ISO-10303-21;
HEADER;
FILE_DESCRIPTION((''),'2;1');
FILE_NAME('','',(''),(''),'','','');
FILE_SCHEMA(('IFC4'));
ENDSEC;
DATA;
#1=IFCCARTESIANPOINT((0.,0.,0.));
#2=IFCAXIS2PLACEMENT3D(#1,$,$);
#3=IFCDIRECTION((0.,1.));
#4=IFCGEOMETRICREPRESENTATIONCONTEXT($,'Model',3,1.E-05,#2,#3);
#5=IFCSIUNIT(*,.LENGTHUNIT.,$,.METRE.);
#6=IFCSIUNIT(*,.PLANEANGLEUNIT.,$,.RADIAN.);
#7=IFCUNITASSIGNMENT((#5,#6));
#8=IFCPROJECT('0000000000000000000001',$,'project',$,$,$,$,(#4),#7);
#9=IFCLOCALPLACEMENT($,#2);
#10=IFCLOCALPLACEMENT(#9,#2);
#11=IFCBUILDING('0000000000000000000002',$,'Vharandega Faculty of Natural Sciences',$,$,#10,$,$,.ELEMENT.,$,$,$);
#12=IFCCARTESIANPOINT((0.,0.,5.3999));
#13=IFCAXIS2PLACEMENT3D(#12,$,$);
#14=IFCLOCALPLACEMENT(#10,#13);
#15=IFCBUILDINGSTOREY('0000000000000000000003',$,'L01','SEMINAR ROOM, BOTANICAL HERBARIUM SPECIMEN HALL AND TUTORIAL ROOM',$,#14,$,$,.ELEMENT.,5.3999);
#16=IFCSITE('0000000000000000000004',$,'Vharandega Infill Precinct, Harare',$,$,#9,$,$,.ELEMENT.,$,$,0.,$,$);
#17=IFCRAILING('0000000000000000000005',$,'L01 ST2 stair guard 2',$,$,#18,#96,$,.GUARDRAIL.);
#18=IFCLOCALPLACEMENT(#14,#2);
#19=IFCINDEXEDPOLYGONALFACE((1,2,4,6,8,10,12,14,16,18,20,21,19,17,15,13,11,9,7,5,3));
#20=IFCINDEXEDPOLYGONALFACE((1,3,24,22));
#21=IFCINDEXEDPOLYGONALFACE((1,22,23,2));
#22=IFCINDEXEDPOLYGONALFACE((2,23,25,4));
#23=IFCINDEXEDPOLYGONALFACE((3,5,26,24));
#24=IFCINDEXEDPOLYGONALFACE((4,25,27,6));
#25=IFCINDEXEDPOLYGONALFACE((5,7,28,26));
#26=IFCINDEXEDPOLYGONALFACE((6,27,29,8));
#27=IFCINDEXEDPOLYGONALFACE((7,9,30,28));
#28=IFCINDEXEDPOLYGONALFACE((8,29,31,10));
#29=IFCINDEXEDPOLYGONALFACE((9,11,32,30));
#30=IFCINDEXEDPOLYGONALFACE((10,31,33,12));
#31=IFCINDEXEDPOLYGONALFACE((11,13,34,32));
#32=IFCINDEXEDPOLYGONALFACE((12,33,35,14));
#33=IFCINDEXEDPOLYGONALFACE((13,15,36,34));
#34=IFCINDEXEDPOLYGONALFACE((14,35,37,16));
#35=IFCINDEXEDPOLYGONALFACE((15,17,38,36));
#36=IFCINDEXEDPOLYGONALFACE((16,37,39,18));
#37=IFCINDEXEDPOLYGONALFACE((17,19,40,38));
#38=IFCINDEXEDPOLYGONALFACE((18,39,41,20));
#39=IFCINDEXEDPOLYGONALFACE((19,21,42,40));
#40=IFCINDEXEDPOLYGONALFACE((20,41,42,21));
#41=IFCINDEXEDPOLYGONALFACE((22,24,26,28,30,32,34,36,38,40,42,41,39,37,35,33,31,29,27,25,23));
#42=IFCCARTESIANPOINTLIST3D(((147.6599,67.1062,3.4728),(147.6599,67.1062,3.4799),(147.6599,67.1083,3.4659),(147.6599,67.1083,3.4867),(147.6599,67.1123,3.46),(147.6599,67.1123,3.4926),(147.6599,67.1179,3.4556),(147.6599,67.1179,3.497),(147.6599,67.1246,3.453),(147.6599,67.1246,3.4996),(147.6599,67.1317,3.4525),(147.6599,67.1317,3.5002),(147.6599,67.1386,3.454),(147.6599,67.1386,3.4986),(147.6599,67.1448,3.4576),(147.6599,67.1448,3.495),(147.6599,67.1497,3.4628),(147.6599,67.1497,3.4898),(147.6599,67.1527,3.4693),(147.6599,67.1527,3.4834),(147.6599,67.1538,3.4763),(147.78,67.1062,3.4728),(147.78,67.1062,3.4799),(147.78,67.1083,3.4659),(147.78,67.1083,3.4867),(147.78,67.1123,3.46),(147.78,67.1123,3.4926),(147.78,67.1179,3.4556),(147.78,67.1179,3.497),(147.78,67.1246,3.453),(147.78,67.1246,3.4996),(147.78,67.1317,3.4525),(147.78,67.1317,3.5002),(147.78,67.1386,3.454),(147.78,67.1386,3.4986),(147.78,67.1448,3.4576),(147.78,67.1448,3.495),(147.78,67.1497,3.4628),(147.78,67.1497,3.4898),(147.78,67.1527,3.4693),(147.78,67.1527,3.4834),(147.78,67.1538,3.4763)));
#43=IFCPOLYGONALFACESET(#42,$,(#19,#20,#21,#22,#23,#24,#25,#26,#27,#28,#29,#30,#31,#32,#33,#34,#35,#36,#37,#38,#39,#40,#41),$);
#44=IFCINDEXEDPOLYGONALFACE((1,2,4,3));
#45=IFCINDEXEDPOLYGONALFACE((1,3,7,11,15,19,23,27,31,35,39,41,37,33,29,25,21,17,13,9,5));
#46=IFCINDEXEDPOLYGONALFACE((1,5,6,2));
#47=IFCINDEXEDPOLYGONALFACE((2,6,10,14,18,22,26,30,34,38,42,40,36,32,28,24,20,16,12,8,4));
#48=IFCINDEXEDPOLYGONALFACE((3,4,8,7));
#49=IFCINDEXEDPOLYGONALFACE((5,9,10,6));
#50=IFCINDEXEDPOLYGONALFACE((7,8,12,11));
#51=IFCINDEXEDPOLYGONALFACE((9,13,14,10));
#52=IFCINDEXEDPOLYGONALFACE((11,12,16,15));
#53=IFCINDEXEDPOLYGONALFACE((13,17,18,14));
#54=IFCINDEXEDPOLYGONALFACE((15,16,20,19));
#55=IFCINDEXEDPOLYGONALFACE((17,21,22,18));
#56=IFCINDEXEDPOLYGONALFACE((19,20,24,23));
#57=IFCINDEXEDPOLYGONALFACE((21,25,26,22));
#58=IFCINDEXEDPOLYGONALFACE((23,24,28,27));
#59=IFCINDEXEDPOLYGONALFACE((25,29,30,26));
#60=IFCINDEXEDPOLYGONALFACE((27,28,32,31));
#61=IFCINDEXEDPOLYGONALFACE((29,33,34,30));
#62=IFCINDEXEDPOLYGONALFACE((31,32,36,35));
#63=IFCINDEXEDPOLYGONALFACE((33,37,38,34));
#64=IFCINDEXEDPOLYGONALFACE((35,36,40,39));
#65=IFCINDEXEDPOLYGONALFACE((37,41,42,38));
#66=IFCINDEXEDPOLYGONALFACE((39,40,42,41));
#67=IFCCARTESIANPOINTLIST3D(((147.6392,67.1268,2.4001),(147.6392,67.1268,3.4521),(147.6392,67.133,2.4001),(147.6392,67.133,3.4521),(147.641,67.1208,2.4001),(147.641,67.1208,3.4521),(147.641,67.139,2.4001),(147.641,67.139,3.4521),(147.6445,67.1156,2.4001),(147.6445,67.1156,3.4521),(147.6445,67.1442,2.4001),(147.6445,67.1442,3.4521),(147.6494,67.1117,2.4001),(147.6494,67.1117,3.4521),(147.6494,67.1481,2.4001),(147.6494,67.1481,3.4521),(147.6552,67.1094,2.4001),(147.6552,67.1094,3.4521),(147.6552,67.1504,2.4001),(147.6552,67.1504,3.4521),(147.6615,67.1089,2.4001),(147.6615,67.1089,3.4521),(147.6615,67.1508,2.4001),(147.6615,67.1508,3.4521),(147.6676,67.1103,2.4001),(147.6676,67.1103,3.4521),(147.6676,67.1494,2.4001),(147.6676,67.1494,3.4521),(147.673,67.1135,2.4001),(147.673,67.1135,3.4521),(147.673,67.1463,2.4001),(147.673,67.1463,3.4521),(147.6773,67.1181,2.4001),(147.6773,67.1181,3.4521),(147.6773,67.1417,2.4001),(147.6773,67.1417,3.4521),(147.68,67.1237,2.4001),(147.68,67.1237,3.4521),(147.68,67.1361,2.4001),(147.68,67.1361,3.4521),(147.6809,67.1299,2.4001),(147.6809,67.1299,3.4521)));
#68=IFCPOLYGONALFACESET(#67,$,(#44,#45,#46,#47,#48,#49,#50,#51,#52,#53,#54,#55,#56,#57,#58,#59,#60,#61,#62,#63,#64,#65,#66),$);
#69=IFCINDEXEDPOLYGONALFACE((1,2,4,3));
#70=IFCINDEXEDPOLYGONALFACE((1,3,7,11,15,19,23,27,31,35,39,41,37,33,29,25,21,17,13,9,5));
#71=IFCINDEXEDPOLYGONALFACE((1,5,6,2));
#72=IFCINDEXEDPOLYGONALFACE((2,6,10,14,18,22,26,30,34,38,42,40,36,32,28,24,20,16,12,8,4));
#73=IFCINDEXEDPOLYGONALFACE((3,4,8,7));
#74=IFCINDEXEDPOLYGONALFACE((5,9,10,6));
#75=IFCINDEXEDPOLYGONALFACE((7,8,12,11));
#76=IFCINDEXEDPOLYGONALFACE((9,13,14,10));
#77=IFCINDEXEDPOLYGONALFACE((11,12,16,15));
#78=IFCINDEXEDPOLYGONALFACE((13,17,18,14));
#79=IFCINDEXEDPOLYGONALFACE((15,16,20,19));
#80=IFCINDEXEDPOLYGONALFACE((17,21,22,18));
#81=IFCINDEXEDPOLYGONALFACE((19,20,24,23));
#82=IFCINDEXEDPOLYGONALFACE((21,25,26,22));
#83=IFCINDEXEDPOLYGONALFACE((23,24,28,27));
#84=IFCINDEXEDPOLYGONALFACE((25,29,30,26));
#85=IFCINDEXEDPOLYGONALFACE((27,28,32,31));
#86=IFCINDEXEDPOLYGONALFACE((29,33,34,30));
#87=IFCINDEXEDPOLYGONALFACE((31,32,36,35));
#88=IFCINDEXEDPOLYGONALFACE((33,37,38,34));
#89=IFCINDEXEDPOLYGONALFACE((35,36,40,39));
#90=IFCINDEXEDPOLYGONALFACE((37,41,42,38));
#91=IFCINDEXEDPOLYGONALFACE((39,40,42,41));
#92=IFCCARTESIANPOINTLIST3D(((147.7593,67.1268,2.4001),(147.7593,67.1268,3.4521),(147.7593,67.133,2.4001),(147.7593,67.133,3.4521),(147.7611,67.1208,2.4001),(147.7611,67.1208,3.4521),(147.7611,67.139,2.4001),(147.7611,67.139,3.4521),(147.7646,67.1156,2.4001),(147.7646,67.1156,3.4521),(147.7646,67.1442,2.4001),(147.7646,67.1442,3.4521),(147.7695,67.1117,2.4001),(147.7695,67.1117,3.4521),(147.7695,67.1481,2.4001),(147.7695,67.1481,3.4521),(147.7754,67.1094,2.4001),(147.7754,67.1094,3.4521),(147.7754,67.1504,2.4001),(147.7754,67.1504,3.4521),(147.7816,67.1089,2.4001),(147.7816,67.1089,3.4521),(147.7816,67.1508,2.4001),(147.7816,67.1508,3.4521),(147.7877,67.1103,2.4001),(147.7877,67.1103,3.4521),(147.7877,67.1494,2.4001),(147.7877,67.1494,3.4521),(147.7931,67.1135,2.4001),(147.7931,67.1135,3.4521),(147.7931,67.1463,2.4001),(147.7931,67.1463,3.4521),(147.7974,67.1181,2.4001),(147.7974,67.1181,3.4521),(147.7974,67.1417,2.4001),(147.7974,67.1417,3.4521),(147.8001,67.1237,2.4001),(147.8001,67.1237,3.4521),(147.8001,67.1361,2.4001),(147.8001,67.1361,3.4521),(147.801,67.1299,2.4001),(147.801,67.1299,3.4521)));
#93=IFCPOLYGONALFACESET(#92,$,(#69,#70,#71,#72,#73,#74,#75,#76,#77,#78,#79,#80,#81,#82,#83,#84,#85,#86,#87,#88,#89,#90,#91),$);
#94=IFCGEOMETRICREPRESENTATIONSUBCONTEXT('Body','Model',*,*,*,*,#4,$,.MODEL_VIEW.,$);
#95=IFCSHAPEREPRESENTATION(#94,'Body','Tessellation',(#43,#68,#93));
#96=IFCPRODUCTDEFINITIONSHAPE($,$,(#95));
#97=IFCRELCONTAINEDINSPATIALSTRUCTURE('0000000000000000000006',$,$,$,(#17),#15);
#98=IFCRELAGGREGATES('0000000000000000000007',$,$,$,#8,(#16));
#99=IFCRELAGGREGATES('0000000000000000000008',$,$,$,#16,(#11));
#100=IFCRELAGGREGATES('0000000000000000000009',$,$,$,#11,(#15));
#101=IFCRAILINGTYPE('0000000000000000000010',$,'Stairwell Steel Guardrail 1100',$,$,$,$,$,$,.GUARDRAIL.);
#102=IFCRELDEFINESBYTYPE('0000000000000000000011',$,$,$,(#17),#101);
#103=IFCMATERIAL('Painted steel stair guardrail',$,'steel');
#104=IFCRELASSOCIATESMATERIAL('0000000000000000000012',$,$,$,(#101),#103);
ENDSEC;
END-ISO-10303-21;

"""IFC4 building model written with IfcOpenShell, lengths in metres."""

from ifc_helpers import new_model, si_unit, direction, frame, origin, origin_2d, place, context, subcontext, project, spatial, circle, extrude, material, type_object, element, save


model = new_model("IFC4")

# Units and contexts
model_context = context("Model", 3, precision=1e-05, world=origin(), true_north=direction((0.0, 1.0)))
body_context = subcontext(model_context, "Body", "Model", "MODEL_VIEW")
ifc_project = project(units=[si_unit("LENGTHUNIT", "METRE"), si_unit("PLANEANGLEUNIT", "RADIAN")], contexts=[model_context])

# Site, building, storey
site_placement = place(None, origin())
site = spatial("IfcSite", under=ifc_project, at=site_placement, Name="Vharandega Infill Precinct, Harare", CompositionType="ELEMENT", RefElevation=0.0)
building_placement = place(site_placement, origin())
building = spatial("IfcBuilding", under=site, at=building_placement, Name="Vharandega Faculty of Natural Sciences", CompositionType="ELEMENT")
storey_placement = place(building_placement, frame((0.0, 0.0, 5.3999)))
storey = spatial("IfcBuildingStorey", under=building, at=storey_placement, Name="L01", Description="SEMINAR ROOM, BOTANICAL HERBARIUM SPECIMEN HALL AND TUTORIAL ROOM", CompositionType="ELEMENT", Elevation=5.3999)

# Railing
ifc_material_1 = material(Name="Painted steel stair guardrail", Category="steel")
railing_type_1 = type_object("IfcRailingType", Name="Stairwell Steel Guardrail 1100", PredefinedType="GUARDRAIL", material=ifc_material_1)
railing_1_placement = place(storey_placement, frame((147.6599, 67.1299, 2.4001)))
element("IfcRailing", 1, at=railing_1_placement, inside=storey, type_object=railing_type_1, Name="L01 ST2 stair guard 2", PredefinedType="GUARDRAIL", context=body_context, shape_type="SweptSolid", body=[
    extrude(circle(Radius=0.0239, at=origin_2d()), frame((0.0, 0.0, 1.0762), z_axis=(1.0, 0.0, 0.0), x_axis=(0.0, 1.0, 0.0)), (0.0, 0.0, 1.0), 0.1201),
    extrude(circle(Radius=0.021, at=origin_2d()), origin(), (0.0, 0.0, 1.0), 1.052),
    extrude(circle(Radius=0.021, at=origin_2d()), frame((0.1201, 0.0, 0.0)), (0.0, 0.0, 1.0), 1.052),
])

save(model, "model.ifc")
